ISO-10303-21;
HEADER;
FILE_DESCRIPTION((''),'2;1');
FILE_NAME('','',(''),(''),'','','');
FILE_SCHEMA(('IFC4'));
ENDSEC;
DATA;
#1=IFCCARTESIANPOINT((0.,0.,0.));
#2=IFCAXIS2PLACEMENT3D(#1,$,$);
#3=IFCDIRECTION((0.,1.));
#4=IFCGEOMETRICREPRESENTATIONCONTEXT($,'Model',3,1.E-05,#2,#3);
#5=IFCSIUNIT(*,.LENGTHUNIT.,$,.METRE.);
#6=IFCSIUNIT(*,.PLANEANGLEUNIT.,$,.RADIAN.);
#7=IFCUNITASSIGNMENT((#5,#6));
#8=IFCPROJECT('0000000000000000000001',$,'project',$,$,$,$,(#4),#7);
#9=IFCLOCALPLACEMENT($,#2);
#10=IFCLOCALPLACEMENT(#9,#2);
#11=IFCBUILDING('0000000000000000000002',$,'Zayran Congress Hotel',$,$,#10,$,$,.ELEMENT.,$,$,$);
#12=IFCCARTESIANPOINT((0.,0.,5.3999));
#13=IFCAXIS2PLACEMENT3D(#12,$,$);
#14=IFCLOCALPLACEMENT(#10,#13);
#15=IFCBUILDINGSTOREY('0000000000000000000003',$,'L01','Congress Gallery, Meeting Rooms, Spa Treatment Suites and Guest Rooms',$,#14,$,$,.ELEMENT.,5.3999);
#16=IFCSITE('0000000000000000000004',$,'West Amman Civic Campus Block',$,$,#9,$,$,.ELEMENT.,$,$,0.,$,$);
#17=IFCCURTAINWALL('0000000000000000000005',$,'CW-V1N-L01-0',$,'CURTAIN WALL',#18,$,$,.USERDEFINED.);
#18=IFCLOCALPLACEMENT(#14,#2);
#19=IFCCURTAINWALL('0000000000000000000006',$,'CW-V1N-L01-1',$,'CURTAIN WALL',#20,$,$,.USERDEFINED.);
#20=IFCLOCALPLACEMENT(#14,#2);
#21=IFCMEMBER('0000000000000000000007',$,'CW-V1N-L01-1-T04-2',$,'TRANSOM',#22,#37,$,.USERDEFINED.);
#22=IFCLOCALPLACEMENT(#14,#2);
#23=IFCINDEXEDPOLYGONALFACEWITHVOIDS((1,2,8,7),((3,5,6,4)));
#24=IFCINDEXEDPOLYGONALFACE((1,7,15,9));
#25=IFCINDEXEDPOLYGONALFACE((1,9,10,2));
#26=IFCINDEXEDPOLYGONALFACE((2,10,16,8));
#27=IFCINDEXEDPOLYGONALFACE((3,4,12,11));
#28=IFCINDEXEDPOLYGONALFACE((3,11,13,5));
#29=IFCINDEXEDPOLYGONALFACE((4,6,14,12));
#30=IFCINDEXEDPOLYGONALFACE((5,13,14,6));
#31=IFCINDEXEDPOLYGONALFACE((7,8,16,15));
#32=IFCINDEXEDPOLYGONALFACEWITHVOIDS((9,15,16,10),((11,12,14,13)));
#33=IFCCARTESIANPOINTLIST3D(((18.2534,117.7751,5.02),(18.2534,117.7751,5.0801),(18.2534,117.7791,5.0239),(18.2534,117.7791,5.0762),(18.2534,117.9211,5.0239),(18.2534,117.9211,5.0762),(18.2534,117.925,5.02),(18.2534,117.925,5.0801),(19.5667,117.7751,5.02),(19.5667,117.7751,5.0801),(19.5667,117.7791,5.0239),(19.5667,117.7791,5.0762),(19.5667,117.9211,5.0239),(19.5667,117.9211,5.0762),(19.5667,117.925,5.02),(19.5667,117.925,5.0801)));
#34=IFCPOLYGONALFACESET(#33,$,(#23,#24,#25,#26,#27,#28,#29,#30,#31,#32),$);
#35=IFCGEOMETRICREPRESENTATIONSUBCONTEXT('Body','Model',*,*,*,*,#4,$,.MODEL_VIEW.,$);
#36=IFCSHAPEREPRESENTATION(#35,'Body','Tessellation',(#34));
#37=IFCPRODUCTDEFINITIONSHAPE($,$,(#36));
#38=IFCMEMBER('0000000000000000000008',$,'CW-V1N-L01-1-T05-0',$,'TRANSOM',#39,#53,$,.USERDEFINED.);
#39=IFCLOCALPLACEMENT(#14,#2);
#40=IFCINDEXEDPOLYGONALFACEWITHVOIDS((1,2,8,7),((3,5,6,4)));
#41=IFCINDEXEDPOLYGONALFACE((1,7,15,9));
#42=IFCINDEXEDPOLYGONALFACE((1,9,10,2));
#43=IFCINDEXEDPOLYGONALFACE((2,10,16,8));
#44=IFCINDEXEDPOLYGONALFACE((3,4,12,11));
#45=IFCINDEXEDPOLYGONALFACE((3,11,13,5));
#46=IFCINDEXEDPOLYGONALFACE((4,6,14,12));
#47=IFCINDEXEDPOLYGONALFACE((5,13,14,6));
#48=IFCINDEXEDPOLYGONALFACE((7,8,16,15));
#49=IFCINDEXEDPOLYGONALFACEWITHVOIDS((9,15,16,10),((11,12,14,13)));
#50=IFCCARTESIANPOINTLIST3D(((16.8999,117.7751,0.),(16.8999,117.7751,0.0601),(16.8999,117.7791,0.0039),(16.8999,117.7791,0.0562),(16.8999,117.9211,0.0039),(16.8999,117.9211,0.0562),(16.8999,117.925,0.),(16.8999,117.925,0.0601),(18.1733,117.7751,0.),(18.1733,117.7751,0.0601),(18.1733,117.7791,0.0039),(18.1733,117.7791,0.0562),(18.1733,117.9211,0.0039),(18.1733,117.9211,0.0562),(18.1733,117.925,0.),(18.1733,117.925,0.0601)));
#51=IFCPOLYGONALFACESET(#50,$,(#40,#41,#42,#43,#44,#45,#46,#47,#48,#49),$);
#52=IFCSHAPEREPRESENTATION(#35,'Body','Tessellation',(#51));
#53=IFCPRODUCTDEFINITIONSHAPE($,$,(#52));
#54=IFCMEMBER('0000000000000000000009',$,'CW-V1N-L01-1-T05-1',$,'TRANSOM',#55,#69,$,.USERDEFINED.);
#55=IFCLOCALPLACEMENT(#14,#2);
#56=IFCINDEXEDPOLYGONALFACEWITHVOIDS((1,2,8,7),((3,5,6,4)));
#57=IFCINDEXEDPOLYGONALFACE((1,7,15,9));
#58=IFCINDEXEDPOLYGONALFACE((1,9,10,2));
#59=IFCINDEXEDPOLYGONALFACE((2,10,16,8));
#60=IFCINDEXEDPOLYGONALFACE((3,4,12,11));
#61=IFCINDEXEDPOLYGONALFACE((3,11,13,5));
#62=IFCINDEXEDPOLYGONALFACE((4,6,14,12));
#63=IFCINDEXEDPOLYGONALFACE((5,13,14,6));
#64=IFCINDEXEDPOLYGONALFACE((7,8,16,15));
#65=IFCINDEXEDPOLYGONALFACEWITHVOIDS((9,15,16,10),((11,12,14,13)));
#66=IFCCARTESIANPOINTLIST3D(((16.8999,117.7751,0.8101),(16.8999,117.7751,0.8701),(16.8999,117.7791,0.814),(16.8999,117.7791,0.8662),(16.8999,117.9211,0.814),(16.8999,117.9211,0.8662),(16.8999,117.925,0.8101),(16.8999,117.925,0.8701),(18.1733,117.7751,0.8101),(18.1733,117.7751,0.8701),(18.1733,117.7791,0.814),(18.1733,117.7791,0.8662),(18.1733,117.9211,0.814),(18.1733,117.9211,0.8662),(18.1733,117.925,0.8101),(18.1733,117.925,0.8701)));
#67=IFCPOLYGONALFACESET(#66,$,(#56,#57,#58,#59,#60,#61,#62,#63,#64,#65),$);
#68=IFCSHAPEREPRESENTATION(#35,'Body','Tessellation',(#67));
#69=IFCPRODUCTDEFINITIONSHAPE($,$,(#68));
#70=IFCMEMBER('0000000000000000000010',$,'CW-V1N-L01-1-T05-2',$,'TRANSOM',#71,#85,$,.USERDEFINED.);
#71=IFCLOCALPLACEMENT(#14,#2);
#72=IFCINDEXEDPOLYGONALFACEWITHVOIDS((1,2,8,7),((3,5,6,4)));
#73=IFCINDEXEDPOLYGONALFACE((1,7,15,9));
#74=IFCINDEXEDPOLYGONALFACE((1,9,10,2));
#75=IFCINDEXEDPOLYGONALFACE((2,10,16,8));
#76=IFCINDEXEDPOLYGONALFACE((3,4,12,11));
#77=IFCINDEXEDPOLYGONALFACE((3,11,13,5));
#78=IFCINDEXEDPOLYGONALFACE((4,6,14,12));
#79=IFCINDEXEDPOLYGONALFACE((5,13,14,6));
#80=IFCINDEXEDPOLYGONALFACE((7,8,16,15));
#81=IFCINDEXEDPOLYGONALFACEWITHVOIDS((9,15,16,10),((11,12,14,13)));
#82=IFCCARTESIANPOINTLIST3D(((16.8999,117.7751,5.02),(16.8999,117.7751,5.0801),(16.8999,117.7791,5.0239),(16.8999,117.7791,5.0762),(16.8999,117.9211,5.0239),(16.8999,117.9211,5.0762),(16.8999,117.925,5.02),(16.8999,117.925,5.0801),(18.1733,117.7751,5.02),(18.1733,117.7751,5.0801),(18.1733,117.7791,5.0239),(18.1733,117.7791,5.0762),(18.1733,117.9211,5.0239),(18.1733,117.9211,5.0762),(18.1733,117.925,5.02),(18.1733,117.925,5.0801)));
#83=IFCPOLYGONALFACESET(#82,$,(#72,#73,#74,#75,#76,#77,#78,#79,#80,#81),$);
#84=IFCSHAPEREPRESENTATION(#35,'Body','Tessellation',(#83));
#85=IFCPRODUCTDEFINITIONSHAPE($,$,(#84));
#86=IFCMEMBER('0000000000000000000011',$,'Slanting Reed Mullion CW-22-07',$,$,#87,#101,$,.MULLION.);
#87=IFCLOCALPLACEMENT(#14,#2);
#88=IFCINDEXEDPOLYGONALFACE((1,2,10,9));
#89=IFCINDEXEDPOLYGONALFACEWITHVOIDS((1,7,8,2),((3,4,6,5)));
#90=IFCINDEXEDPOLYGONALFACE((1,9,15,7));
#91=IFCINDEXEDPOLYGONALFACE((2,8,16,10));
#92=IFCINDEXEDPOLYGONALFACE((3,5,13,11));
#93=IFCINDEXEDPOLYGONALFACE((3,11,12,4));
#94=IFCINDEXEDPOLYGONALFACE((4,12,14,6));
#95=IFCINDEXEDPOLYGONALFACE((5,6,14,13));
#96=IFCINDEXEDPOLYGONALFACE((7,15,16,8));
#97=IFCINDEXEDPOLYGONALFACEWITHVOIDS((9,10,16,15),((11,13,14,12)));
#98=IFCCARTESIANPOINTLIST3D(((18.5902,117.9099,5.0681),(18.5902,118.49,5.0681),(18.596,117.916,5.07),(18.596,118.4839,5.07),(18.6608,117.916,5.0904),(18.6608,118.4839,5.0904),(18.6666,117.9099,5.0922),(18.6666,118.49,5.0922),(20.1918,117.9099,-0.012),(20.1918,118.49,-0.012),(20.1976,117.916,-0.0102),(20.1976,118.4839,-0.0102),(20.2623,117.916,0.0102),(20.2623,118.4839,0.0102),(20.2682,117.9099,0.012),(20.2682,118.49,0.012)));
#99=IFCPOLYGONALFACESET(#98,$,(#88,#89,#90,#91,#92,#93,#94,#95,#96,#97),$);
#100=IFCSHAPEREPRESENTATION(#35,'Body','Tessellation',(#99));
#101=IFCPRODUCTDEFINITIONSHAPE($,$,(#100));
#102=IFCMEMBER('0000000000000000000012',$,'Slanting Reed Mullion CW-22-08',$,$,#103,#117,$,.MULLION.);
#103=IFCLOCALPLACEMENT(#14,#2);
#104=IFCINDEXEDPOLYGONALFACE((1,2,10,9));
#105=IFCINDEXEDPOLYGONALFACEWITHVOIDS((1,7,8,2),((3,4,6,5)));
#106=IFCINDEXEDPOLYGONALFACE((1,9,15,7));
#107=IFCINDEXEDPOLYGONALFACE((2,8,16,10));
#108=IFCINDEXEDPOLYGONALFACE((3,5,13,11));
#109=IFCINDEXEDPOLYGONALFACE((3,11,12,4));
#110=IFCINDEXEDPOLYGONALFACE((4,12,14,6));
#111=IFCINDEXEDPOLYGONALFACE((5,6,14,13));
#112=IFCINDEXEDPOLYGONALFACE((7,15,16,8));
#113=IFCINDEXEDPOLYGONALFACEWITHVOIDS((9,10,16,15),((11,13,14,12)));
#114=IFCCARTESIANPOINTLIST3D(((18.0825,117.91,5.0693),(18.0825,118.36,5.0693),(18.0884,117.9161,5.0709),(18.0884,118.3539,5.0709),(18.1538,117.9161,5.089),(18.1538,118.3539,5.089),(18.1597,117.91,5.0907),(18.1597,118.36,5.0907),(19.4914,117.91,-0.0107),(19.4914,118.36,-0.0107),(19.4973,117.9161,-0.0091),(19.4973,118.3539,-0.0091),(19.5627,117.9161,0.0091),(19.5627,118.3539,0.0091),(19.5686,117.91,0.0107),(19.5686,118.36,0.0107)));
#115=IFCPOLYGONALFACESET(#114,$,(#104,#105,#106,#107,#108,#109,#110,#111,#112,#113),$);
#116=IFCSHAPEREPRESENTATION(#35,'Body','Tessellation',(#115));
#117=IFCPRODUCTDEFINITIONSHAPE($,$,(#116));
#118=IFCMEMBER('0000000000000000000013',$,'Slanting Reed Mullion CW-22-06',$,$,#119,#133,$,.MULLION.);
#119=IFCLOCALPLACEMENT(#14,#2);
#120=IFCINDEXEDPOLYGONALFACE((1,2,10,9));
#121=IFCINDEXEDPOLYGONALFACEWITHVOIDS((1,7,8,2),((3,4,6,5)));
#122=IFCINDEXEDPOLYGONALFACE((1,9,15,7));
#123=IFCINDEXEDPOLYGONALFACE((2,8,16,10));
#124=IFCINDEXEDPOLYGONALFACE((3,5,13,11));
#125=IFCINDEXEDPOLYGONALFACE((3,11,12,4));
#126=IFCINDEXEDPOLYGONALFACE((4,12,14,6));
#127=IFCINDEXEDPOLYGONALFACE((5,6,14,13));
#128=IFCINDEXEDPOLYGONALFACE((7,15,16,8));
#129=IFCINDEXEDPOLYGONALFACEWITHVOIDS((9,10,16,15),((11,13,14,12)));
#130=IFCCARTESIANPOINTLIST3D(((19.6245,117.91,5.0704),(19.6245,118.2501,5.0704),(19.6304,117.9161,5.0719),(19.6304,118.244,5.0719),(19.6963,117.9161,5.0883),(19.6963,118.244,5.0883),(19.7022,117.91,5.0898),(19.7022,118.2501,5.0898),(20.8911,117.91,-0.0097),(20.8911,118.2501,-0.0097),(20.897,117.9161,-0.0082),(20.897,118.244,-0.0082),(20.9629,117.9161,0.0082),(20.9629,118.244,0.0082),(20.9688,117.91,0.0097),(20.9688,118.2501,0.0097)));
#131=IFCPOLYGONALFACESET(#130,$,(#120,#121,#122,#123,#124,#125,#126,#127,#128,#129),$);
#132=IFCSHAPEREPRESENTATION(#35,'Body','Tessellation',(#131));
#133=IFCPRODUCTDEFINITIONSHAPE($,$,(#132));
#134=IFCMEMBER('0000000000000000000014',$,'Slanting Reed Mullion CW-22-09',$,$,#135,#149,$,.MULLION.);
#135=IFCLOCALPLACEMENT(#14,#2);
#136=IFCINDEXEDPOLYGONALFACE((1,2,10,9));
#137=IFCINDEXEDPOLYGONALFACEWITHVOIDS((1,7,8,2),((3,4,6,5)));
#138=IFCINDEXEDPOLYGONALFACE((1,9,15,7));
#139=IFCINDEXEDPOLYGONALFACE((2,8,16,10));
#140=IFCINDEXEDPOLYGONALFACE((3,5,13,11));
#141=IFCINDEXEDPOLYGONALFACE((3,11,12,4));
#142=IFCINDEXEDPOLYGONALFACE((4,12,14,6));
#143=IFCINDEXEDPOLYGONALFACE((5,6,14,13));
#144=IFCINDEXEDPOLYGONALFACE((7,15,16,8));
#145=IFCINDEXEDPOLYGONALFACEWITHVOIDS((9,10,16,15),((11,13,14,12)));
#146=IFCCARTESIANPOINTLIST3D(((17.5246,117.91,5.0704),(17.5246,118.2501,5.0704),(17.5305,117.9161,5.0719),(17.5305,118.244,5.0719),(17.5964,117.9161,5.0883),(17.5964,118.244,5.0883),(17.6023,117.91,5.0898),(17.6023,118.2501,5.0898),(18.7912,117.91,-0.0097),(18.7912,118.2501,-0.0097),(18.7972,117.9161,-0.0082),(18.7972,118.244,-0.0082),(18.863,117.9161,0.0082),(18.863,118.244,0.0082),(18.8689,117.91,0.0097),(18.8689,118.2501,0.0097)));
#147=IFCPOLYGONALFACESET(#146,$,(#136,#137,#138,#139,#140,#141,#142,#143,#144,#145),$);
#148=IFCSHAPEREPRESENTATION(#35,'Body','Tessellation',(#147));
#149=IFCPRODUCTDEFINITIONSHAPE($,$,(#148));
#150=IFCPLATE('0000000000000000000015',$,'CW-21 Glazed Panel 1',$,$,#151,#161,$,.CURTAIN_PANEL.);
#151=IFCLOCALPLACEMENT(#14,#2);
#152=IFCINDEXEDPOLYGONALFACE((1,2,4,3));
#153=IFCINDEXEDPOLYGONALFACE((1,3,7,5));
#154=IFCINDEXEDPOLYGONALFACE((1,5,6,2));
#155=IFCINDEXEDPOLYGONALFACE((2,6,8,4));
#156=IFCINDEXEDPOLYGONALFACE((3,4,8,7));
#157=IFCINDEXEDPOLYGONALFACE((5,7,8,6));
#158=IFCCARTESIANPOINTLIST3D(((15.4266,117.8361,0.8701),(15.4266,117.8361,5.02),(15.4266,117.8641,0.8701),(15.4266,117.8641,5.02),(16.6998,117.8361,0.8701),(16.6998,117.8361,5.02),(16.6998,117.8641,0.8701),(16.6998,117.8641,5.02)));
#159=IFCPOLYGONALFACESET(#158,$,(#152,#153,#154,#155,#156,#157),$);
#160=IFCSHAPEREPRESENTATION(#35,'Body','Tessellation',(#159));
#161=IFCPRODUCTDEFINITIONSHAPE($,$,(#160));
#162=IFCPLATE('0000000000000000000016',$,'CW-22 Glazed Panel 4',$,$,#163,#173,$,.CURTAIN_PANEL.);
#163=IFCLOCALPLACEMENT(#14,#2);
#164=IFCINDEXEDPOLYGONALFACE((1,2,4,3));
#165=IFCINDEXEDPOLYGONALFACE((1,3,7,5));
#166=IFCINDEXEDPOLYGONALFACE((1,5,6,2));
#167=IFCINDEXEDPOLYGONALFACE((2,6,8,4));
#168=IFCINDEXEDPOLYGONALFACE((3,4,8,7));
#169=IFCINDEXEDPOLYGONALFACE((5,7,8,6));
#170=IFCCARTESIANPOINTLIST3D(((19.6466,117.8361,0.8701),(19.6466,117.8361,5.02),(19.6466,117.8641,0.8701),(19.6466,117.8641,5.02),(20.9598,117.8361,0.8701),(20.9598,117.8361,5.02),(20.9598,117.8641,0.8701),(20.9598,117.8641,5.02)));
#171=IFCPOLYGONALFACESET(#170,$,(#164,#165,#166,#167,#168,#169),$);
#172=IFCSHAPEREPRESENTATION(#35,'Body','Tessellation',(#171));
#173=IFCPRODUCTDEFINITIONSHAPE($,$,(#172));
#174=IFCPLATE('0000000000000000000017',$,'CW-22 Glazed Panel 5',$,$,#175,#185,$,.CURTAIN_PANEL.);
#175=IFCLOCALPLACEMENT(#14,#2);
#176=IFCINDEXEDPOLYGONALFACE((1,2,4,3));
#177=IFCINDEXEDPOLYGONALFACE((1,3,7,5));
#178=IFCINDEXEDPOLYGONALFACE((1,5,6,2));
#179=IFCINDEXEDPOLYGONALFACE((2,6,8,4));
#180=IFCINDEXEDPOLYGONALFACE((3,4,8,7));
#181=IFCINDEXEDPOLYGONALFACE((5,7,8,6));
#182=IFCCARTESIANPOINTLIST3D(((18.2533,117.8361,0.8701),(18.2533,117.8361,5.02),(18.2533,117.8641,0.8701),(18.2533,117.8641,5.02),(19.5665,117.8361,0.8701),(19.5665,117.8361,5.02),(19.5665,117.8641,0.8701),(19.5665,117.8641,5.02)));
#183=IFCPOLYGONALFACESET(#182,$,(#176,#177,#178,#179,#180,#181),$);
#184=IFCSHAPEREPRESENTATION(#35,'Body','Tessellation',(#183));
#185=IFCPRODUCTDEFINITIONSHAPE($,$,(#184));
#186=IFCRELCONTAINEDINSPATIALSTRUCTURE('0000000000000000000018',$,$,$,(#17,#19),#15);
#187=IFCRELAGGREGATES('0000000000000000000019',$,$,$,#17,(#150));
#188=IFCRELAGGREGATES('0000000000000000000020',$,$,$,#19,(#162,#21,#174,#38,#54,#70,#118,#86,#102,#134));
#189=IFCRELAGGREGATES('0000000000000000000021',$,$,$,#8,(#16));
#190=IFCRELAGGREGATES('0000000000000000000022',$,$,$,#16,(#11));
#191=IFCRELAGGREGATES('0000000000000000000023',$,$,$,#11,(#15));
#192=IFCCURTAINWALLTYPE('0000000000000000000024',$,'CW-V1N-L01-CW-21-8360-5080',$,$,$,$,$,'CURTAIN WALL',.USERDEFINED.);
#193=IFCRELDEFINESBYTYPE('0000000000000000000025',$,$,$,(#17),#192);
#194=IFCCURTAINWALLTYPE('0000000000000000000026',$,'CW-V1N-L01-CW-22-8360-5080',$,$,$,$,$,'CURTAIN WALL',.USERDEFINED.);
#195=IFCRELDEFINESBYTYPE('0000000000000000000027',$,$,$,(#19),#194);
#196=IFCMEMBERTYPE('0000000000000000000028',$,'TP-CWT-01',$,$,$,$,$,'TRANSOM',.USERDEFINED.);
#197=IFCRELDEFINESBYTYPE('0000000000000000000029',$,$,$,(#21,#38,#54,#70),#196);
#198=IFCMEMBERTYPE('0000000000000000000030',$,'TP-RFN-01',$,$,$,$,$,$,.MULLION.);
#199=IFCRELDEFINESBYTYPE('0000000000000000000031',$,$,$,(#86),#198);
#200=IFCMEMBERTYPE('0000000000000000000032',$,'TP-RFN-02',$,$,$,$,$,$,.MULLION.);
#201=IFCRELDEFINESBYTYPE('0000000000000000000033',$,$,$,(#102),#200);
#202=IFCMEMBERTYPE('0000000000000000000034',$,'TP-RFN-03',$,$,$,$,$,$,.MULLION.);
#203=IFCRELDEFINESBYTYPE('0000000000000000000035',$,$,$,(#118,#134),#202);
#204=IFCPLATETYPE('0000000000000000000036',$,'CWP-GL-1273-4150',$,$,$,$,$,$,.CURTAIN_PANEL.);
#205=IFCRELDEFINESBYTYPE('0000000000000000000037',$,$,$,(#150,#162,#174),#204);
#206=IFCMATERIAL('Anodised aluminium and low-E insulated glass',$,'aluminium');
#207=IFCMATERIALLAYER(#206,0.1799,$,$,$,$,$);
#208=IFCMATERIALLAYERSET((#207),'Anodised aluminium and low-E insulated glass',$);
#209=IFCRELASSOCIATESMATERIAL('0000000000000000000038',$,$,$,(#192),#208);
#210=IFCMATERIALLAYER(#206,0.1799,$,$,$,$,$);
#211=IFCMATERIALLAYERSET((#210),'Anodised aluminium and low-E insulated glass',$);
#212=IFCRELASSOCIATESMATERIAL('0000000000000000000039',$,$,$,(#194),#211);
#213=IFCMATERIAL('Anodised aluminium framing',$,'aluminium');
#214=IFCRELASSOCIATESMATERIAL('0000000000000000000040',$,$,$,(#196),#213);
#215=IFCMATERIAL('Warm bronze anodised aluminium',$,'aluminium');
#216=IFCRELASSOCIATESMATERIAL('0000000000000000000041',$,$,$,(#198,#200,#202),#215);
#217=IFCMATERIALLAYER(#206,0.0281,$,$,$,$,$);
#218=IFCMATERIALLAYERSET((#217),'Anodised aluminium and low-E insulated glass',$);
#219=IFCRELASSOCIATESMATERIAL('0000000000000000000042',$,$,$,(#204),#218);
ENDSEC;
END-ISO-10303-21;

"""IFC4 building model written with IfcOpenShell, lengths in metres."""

from ifc_helpers import new_model, si_unit, direction, frame, origin, origin_2d, place, context, subcontext, project, spatial, rectangle, hollow_rectangle, extrude, material, layer, layer_set, material_profile, profile_set, type_object, element, aggregate, save


model = new_model("IFC4")

# Units and contexts
model_context = context("Model", 3, precision=1e-05, world=origin(), true_north=direction((0.0, 1.0)))
body_context = subcontext(model_context, "Body", "Model", "MODEL_VIEW")
ifc_project = project(units=[si_unit("LENGTHUNIT", "METRE"), si_unit("PLANEANGLEUNIT", "RADIAN")], contexts=[model_context])

# Site, building, storey
site_placement = place(None, origin())
site = spatial("IfcSite", under=ifc_project, at=site_placement, Name="West Amman Civic Campus Block", CompositionType="ELEMENT", RefElevation=0.0)
building_placement = place(site_placement, origin())
building = spatial("IfcBuilding", under=site, at=building_placement, Name="Zayran Congress Hotel", CompositionType="ELEMENT")
storey_placement = place(building_placement, frame((0.0, 0.0, 5.3999)))
storey = spatial("IfcBuildingStorey", under=building, at=storey_placement, Name="L01", Description="Congress Gallery, Meeting Rooms, Spa Treatment Suites and Guest Rooms", CompositionType="ELEMENT", Elevation=5.3999)

# Curtain wall
ifc_material_1 = material(Name="Anodised aluminium and low-E insulated glass", Category="aluminium")
ifc_layer_1 = layer(ifc_material_1, 0.1799)
ifc_layer_set_1 = layer_set([ifc_layer_1], Name="Anodised aluminium and low-E insulated glass")
curtain_wall_type_1 = type_object("IfcCurtainWallType", Name="CW-V1N-L01-CW-21-8360-5080", ElementType="CURTAIN WALL", PredefinedType="USERDEFINED", material=ifc_layer_set_1)
curtain_wall_1_placement = place(storey_placement, origin())
curtain_wall_1 = element("IfcCurtainWall", 1, at=curtain_wall_1_placement, inside=storey, type_object=curtain_wall_type_1, Name="CW-V1N-L01-0", ObjectType="CURTAIN WALL", PredefinedType="USERDEFINED")
ifc_material_2 = material(Name="Anodised aluminium framing", Category="aluminium")

# Curtain wall
ifc_layer_2 = layer(ifc_material_1, 0.1799)
ifc_layer_set_2 = layer_set([ifc_layer_2], Name="Anodised aluminium and low-E insulated glass")
curtain_wall_type_2 = type_object("IfcCurtainWallType", Name="CW-V1N-L01-CW-22-8360-5080", ElementType="CURTAIN WALL", PredefinedType="USERDEFINED", material=ifc_layer_set_2)
curtain_wall_2_placement = place(storey_placement, origin())
curtain_wall_2 = element("IfcCurtainWall", 2, at=curtain_wall_2_placement, inside=storey, type_object=curtain_wall_type_2, Name="CW-V1N-L01-1", ObjectType="CURTAIN WALL", PredefinedType="USERDEFINED")

# Members
ifc_material_profile_1 = material_profile(ifc_material_2, hollow_rectangle(XDim=0.0601, YDim=0.1499, WallThickness=0.0039, at=origin_2d()), Name="RHS 150x60x4")
ifc_profile_set_1 = profile_set([ifc_material_profile_1], Name="Anodised aluminium framing")
member_type_1 = type_object("IfcMemberType", Name="TP-CWT-01", ElementType="TRANSOM", PredefinedType="USERDEFINED", material=ifc_profile_set_1)
member_1_placement = place(storey_placement, frame((19.5667, 117.8501, 5.05), z_axis=(-1.0, 0.0, 0.0), x_axis=(0.0, 0.0, 1.0)))
member_1 = element("IfcMember", 3, at=member_1_placement, type_object=member_type_1, Name="CW-V1N-L01-1-T04-2", ObjectType="TRANSOM", PredefinedType="USERDEFINED", context=body_context, shape_type="SweptSolid", body=[
    extrude(hollow_rectangle(XDim=0.0601, YDim=0.1499, WallThickness=0.0039, at=origin_2d()), origin(), (0.0, 0.0, 1.0), 1.3132),
])
member_2_placement = place(storey_placement, frame((18.1733, 117.8501, 0.03), z_axis=(-1.0, 0.0, 0.0), x_axis=(0.0, 0.0, 1.0)))
member_2 = element("IfcMember", 4, at=member_2_placement, type_object=member_type_1, Name="CW-V1N-L01-1-T05-0", ObjectType="TRANSOM", PredefinedType="USERDEFINED", context=body_context, shape_type="SweptSolid", body=[
    extrude(hollow_rectangle(XDim=0.0601, YDim=0.1499, WallThickness=0.0039, at=origin_2d()), origin(), (0.0, 0.0, 1.0), 1.2734),
])
member_3_placement = place(storey_placement, frame((18.1733, 117.8501, 0.8401), z_axis=(-1.0, 0.0, 0.0), x_axis=(0.0, 0.0, 1.0)))
member_3 = element("IfcMember", 5, at=member_3_placement, type_object=member_type_1, Name="CW-V1N-L01-1-T05-1", ObjectType="TRANSOM", PredefinedType="USERDEFINED", context=body_context, shape_type="SweptSolid", body=[
    extrude(hollow_rectangle(XDim=0.0601, YDim=0.1499, WallThickness=0.0039, at=origin_2d()), origin(), (0.0, 0.0, 1.0), 1.2734),
])
member_4_placement = place(storey_placement, frame((18.1733, 117.8501, 5.05), z_axis=(-1.0, 0.0, 0.0), x_axis=(0.0, 0.0, 1.0)))
member_4 = element("IfcMember", 6, at=member_4_placement, type_object=member_type_1, Name="CW-V1N-L01-1-T05-2", ObjectType="TRANSOM", PredefinedType="USERDEFINED", context=body_context, shape_type="SweptSolid", body=[
    extrude(hollow_rectangle(XDim=0.0601, YDim=0.1499, WallThickness=0.0039, at=origin_2d()), origin(), (0.0, 0.0, 1.0), 1.2734),
])
ifc_material_3 = material(Name="Warm bronze anodised aluminium", Category="aluminium")
ifc_material_profile_2 = material_profile(ifc_material_3, hollow_rectangle(XDim=0.0801, YDim=0.5801, WallThickness=0.0061, at=origin_2d()), Name="RHS 580x80x6")
ifc_profile_set_2 = profile_set([ifc_material_profile_2], Name="Warm bronze anodised aluminium")
member_type_2 = type_object("IfcMemberType", Name="TP-RFN-01", PredefinedType="MULLION", material=ifc_profile_set_2)
member_5_placement = place(storey_placement, frame((20.23, 118.2, 0.0), z_axis=(-0.300675, 0.0, 0.953727), x_axis=(0.953727, 0.0, 0.300675)))
member_5 = element("IfcMember", 7, at=member_5_placement, type_object=member_type_2, Name="Slanting Reed Mullion CW-22-07", PredefinedType="MULLION", context=body_context, shape_type="SweptSolid", body=[
    extrude(hollow_rectangle(XDim=0.0801, YDim=0.5801, WallThickness=0.0061, at=origin_2d()), origin(), (0.0, 0.0, 1.0), 5.3267),
])
ifc_material_profile_3 = material_profile(ifc_material_3, hollow_rectangle(XDim=0.0801, YDim=0.45, WallThickness=0.0061, at=origin_2d()), Name="RHS 450x80x6")
ifc_profile_set_3 = profile_set([ifc_material_profile_3], Name="Warm bronze anodised aluminium")
member_type_3 = type_object("IfcMemberType", Name="TP-RFN-02", PredefinedType="MULLION", material=ifc_profile_set_3)
member_6_placement = place(storey_placement, frame((19.53, 118.135, 0.0), z_axis=(-0.267257, 0.0, 0.963625), x_axis=(0.963625, 0.0, 0.267257)))
member_6 = element("IfcMember", 8, at=member_6_placement, type_object=member_type_3, Name="Slanting Reed Mullion CW-22-08", PredefinedType="MULLION", context=body_context, shape_type="SweptSolid", body=[
    extrude(hollow_rectangle(XDim=0.0801, YDim=0.45, WallThickness=0.0061, at=origin_2d()), origin(), (0.0, 0.0, 1.0), 5.2717),
])
ifc_material_profile_4 = material_profile(ifc_material_3, hollow_rectangle(XDim=0.0801, YDim=0.3401, WallThickness=0.0061, at=origin_2d()), Name="RHS 340x80x6")
ifc_profile_set_4 = profile_set([ifc_material_profile_4], Name="Warm bronze anodised aluminium")
member_type_4 = type_object("IfcMemberType", Name="TP-RFN-03", PredefinedType="MULLION", material=ifc_profile_set_4)
member_7_placement = place(storey_placement, frame((20.9299, 118.0801, 0.0), z_axis=(-0.241921, 0.0, 0.970296), x_axis=(0.970296, 0.0, 0.241921)))
member_7 = element("IfcMember", 9, at=member_7_placement, type_object=member_type_4, Name="Slanting Reed Mullion CW-22-06", PredefinedType="MULLION", context=body_context, shape_type="SweptSolid", body=[
    extrude(hollow_rectangle(XDim=0.0801, YDim=0.3401, WallThickness=0.0061, at=origin_2d()), origin(), (0.0, 0.0, 1.0), 5.2356),
])
member_8_placement = place(storey_placement, frame((18.8301, 118.0801, 0.0), z_axis=(-0.241921, 0.0, 0.970296), x_axis=(0.970296, 0.0, 0.241921)))
member_8 = element("IfcMember", 10, at=member_8_placement, type_object=member_type_4, Name="Slanting Reed Mullion CW-22-09", PredefinedType="MULLION", context=body_context, shape_type="SweptSolid", body=[
    extrude(hollow_rectangle(XDim=0.0801, YDim=0.3401, WallThickness=0.0061, at=origin_2d()), origin(), (0.0, 0.0, 1.0), 5.2356),
])

# Plates
ifc_layer_3 = layer(ifc_material_1, 0.0281)
ifc_layer_set_3 = layer_set([ifc_layer_3], Name="Anodised aluminium and low-E insulated glass")
plate_type_1 = type_object("IfcPlateType", Name="CWP-GL-1273-4150", PredefinedType="CURTAIN_PANEL", material=ifc_layer_set_3)
plate_1_placement = place(storey_placement, frame((16.0632, 117.8501, 0.8701), z_axis=(0.0, 0.0, 1.0), x_axis=(1.0, 0.0, 0.0)))
plate_1 = element("IfcPlate", 11, at=plate_1_placement, type_object=plate_type_1, Name="CW-21 Glazed Panel 1", PredefinedType="CURTAIN_PANEL", context=body_context, shape_type="SweptSolid", body=[
    extrude(rectangle(XDim=1.2732, YDim=0.0281, at=origin_2d()), origin(), (0.0, 0.0, 1.0), 4.1499),
])
plate_2_placement = place(storey_placement, frame((20.3032, 117.8501, 0.8701), z_axis=(0.0, 0.0, 1.0), x_axis=(1.0, 0.0, 0.0)))
plate_2 = element("IfcPlate", 12, at=plate_2_placement, type_object=plate_type_1, Name="CW-22 Glazed Panel 4", PredefinedType="CURTAIN_PANEL", context=body_context, shape_type="SweptSolid", body=[
    extrude(rectangle(XDim=1.3132, YDim=0.0281, at=origin_2d()), origin(), (0.0, 0.0, 1.0), 4.1499),
])
plate_3_placement = place(storey_placement, frame((18.9099, 117.8501, 0.8701), z_axis=(0.0, 0.0, 1.0), x_axis=(1.0, 0.0, 0.0)))
plate_3 = element("IfcPlate", 13, at=plate_3_placement, type_object=plate_type_1, Name="CW-22 Glazed Panel 5", PredefinedType="CURTAIN_PANEL", context=body_context, shape_type="SweptSolid", body=[
    extrude(rectangle(XDim=1.3132, YDim=0.0281, at=origin_2d()), origin(), (0.0, 0.0, 1.0), 4.1499),
])
aggregate(curtain_wall_1, [plate_1])
aggregate(curtain_wall_2, [plate_2, member_1, plate_3, member_2, member_3, member_4, member_7, member_5, member_6, member_8])

save(model, "model.ifc")
